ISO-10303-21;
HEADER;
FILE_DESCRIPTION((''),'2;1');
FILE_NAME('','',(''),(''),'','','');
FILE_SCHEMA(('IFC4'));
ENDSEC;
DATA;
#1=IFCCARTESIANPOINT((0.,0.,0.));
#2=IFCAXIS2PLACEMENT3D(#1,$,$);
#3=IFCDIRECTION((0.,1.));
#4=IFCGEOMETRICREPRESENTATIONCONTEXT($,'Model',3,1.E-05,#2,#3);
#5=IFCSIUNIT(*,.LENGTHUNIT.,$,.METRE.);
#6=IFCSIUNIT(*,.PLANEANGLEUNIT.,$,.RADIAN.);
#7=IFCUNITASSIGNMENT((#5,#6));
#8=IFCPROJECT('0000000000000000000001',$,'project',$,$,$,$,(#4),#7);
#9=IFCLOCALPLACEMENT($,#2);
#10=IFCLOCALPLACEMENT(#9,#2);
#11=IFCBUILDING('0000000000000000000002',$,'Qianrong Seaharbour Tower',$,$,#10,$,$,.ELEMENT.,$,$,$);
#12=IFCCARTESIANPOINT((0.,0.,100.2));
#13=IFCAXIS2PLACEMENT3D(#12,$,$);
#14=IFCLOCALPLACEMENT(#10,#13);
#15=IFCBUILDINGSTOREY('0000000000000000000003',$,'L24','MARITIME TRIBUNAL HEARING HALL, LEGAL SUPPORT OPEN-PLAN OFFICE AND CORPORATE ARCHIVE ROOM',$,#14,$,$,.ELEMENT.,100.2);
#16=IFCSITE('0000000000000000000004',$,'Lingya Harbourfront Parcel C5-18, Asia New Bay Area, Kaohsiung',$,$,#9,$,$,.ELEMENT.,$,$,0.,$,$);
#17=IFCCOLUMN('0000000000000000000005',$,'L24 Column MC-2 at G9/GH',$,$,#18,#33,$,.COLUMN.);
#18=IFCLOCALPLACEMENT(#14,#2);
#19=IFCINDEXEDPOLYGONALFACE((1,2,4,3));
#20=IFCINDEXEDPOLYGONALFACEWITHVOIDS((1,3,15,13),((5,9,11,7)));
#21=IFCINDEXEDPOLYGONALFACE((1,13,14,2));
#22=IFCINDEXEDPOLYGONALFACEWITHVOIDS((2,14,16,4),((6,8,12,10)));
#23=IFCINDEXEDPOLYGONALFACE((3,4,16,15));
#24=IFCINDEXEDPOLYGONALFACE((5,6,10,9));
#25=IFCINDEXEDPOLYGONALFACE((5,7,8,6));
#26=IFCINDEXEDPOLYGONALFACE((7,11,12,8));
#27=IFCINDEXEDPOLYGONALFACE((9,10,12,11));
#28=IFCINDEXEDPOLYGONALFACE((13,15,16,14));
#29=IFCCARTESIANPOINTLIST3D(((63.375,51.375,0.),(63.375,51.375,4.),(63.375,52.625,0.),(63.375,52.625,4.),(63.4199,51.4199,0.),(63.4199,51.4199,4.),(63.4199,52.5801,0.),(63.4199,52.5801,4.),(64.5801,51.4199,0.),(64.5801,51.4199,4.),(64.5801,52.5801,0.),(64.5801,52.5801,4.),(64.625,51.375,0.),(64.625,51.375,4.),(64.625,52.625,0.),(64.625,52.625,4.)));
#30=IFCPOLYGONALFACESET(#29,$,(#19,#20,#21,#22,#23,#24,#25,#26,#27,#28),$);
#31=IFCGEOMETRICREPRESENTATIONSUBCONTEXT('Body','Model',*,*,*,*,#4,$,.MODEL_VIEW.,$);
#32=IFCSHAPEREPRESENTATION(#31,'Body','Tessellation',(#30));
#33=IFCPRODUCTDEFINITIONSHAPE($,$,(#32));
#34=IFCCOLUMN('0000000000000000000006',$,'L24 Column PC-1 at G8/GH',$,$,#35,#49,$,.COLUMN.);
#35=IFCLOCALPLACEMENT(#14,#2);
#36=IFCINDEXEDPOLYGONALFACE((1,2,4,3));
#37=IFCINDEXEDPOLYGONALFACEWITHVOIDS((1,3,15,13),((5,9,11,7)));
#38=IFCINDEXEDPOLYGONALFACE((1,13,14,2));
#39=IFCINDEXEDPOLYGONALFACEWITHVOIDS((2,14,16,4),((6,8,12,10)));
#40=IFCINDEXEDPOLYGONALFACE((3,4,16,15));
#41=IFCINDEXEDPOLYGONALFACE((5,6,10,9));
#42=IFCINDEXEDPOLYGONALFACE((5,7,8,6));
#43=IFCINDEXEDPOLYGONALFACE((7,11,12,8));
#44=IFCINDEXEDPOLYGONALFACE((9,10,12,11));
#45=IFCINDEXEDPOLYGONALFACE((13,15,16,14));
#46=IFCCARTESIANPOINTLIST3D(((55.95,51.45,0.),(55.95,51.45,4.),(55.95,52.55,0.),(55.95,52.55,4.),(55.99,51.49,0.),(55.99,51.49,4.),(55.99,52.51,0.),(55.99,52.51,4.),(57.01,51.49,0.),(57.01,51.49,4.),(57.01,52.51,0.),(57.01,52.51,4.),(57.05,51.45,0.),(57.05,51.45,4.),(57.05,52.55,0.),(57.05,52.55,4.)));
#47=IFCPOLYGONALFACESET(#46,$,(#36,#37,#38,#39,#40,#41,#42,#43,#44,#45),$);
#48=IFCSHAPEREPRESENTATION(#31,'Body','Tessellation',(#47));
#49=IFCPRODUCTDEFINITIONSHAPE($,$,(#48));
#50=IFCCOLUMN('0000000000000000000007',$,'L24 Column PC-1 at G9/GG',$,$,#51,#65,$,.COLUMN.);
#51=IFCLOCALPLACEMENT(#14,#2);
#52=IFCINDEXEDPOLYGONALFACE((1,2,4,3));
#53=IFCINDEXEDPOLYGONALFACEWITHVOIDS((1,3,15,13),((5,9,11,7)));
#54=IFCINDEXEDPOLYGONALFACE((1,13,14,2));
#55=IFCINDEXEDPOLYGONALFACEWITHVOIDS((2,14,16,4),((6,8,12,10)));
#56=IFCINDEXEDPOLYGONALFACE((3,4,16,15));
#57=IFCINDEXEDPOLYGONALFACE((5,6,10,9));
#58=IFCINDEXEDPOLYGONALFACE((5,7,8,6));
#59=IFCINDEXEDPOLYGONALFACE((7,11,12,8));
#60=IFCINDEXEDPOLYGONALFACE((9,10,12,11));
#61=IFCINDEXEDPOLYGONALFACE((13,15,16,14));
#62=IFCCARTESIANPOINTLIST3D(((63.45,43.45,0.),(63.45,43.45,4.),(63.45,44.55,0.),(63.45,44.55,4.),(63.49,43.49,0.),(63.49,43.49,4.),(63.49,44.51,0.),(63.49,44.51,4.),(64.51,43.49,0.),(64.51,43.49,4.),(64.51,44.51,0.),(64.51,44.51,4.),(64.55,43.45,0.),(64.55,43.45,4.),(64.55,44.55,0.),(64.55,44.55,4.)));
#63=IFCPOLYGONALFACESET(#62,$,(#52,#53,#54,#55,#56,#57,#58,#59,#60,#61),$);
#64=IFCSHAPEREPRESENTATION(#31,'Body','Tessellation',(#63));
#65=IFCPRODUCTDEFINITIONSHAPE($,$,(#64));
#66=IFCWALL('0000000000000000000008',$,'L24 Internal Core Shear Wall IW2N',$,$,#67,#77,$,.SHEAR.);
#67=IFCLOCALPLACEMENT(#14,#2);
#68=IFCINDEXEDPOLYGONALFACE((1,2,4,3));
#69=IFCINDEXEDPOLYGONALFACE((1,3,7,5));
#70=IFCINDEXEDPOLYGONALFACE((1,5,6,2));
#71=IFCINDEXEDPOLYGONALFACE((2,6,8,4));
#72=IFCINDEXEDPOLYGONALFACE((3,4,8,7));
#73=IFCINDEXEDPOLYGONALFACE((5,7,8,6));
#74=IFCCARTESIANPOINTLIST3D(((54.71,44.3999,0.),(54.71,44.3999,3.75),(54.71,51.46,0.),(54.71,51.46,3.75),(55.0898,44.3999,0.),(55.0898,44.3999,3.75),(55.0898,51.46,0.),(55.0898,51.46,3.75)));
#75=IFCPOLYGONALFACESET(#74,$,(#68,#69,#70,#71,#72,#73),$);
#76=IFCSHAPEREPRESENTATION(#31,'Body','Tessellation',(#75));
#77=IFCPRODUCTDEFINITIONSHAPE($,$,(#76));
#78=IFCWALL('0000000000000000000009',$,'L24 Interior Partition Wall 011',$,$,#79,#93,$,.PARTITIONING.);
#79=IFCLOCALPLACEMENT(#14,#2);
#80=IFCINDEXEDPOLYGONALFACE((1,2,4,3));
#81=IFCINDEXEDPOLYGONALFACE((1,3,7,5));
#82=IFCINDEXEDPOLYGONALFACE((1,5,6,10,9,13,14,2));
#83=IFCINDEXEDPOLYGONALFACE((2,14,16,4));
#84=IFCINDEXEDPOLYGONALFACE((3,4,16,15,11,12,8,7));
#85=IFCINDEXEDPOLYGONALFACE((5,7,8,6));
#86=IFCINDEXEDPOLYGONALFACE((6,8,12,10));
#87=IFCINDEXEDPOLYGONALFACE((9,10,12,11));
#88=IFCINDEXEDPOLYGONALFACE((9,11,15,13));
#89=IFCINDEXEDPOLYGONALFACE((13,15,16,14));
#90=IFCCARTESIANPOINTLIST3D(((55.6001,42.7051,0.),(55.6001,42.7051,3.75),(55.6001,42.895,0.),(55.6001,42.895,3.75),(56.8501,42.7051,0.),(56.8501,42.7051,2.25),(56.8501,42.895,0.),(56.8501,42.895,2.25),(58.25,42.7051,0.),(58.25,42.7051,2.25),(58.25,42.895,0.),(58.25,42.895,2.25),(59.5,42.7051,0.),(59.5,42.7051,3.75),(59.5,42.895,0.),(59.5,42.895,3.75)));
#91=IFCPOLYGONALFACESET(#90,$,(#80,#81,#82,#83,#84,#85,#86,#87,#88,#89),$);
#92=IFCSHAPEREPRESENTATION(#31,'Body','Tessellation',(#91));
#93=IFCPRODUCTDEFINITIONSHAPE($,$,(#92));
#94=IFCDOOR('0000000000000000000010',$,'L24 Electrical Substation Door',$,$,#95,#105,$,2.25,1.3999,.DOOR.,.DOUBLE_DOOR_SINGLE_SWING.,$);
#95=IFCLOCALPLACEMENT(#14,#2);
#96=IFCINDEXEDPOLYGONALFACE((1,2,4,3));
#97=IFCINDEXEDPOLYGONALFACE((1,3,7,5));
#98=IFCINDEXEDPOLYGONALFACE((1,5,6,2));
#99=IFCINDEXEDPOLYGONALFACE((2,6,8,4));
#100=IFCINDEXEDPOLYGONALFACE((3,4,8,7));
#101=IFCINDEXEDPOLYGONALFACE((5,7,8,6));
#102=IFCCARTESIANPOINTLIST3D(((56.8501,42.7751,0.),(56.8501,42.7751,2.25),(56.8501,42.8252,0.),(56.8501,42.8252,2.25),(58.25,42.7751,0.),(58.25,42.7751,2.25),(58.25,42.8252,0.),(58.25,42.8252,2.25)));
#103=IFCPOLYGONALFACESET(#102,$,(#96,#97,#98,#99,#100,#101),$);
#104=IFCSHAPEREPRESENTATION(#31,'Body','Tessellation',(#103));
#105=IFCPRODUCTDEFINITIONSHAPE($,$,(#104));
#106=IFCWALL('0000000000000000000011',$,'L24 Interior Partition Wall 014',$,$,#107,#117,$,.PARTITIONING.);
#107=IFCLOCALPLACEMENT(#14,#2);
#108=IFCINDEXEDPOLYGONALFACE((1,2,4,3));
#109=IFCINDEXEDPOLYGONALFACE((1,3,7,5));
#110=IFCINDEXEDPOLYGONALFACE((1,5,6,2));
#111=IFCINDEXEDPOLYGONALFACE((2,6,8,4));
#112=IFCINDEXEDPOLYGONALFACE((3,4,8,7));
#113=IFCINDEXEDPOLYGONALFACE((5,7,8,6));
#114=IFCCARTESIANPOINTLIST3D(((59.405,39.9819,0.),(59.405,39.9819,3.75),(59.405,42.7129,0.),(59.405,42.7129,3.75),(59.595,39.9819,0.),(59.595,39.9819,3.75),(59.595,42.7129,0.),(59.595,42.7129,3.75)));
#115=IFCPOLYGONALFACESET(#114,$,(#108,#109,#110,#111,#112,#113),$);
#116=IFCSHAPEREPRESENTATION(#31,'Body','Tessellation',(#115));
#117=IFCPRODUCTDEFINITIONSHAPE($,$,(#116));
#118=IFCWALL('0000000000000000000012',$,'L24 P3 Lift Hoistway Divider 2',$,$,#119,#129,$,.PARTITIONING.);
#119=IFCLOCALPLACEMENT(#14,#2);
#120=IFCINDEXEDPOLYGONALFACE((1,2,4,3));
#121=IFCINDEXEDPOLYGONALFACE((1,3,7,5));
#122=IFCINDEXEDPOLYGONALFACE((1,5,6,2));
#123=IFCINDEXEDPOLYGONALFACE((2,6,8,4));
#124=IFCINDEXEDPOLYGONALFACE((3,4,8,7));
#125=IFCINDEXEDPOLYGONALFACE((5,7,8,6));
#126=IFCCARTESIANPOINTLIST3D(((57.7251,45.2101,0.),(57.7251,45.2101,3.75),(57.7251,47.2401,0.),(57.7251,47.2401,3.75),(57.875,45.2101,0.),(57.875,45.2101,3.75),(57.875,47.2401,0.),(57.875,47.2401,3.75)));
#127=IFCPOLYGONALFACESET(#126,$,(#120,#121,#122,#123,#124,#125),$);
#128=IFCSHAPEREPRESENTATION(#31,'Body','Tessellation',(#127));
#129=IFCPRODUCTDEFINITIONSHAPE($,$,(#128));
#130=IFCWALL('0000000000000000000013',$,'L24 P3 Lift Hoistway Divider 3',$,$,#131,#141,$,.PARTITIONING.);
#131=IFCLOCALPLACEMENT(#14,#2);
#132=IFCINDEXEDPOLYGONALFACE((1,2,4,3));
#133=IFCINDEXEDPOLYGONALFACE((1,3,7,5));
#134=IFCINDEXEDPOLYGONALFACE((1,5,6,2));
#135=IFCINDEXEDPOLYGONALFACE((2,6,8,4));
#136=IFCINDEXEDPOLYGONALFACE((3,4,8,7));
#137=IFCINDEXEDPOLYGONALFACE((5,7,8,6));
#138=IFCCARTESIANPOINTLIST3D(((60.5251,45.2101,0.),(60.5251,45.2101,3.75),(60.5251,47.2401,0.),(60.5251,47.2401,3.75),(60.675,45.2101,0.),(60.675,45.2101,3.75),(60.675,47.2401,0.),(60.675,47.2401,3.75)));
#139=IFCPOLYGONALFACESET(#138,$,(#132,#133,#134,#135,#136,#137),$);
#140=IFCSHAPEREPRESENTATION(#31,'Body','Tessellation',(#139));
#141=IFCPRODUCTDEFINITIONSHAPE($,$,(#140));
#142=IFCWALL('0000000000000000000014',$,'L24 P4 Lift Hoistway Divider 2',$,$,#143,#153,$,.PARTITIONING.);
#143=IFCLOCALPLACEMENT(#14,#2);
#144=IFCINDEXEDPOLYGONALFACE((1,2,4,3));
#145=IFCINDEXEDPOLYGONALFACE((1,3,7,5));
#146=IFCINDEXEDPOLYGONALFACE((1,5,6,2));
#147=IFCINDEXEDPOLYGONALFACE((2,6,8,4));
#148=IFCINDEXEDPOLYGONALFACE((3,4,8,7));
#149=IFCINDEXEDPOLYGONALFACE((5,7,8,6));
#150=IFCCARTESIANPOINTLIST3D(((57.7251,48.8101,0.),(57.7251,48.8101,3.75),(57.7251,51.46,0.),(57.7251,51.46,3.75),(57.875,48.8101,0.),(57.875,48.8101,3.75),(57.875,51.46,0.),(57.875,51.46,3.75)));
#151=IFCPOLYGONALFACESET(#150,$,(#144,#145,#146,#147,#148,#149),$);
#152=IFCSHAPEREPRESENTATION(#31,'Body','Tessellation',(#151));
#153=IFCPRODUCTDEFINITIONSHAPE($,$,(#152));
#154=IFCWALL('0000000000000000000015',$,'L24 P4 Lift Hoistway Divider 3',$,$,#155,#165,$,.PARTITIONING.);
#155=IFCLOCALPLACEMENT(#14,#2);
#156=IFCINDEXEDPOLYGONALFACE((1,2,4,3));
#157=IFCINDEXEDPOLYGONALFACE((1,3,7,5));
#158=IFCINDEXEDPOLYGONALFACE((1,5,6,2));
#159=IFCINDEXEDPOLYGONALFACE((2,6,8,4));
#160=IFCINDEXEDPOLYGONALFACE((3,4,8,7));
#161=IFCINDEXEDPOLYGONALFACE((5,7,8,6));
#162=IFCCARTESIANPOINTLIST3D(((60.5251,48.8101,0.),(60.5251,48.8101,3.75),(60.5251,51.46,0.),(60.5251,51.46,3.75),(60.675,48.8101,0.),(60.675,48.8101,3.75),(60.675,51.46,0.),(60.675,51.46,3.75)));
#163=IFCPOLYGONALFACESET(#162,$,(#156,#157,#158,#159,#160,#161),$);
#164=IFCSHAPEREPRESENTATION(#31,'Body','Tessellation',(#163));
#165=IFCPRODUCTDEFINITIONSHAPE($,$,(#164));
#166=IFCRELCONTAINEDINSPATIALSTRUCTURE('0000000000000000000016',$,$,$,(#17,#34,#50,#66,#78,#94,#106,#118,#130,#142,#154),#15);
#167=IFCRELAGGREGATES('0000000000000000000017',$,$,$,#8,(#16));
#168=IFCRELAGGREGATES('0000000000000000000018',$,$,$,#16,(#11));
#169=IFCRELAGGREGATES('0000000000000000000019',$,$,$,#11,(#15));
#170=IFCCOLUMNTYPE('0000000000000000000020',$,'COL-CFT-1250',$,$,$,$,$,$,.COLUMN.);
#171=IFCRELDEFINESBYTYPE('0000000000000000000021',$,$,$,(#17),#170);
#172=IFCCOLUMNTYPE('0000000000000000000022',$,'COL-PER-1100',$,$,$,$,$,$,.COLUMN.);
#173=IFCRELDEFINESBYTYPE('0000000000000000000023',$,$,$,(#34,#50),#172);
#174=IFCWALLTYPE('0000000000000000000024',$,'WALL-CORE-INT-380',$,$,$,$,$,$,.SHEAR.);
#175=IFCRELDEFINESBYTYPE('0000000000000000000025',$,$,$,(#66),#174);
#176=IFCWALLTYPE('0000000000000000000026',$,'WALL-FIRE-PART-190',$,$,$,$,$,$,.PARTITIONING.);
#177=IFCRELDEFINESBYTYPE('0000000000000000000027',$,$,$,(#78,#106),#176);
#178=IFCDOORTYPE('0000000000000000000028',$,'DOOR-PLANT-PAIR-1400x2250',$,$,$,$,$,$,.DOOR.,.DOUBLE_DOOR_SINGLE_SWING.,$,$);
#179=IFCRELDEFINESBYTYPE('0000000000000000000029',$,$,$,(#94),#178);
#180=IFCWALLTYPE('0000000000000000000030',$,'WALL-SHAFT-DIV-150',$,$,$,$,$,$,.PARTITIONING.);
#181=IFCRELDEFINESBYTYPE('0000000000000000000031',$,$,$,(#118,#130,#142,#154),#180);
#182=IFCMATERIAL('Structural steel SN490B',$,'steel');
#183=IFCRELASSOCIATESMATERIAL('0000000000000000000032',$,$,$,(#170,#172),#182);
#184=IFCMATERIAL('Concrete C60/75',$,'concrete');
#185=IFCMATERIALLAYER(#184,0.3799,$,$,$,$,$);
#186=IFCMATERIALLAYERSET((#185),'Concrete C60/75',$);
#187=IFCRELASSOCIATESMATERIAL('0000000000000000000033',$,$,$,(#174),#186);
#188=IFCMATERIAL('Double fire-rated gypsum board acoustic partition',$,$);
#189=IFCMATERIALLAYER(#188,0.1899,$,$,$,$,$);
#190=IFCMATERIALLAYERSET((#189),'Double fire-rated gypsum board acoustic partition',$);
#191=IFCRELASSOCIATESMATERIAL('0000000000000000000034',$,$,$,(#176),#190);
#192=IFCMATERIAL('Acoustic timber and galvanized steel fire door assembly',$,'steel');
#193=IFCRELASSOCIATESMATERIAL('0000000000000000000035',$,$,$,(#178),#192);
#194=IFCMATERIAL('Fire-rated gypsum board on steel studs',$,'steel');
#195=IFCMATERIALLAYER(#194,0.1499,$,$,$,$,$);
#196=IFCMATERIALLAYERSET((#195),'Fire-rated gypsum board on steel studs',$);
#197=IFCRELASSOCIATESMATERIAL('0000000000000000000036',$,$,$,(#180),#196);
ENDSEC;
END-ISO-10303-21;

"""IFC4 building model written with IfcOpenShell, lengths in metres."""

from ifc_helpers import new_model, si_unit, direction, frame, frame_2d, origin, origin_2d, place, context, subcontext, project, spatial, rectangle, hollow_rectangle, extrude, material, layer, layer_set, material_profile, profile_set, type_object, element, fill, save


model = new_model("IFC4")

# Units and contexts
model_context = context("Model", 3, precision=1e-05, world=origin(), true_north=direction((0.0, 1.0)))
body_context = subcontext(model_context, "Body", "Model", "MODEL_VIEW")
ifc_project = project(units=[si_unit("LENGTHUNIT", "METRE"), si_unit("PLANEANGLEUNIT", "RADIAN")], contexts=[model_context])

# Site, building, storey
site_placement = place(None, origin())
site = spatial("IfcSite", under=ifc_project, at=site_placement, Name="Lingya Harbourfront Parcel C5-18, Asia New Bay Area, Kaohsiung", CompositionType="ELEMENT", RefElevation=0.0)
building_placement = place(site_placement, origin())
building = spatial("IfcBuilding", under=site, at=building_placement, Name="Qianrong Seaharbour Tower", CompositionType="ELEMENT")
storey_placement = place(building_placement, frame((0.0, 0.0, 100.2)))
storey = spatial("IfcBuildingStorey", under=building, at=storey_placement, Name="L24", Description="MARITIME TRIBUNAL HEARING HALL, LEGAL SUPPORT OPEN-PLAN OFFICE AND CORPORATE ARCHIVE ROOM", CompositionType="ELEMENT", Elevation=100.2)

# Columns
ifc_material_1 = material(Name="Structural steel SN490B", Category="steel")
ifc_material_profile_1 = material_profile(ifc_material_1, hollow_rectangle(XDim=1.25, YDim=1.25, WallThickness=0.0449, at=origin_2d()), Name="BOX1250x1250x45")
ifc_profile_set_1 = profile_set([ifc_material_profile_1], Name="Structural steel SN490B")
column_type_1 = type_object("IfcColumnType", Name="COL-CFT-1250", PredefinedType="COLUMN", material=ifc_profile_set_1)
column_placement = place(storey_placement, frame((64.0, 52.0, 0.0), z_axis=(0.0, 0.0, 1.0), x_axis=(1.0, 0.0, 0.0)))
element("IfcColumn", 1, at=column_placement, inside=storey, type_object=column_type_1, Name="L24 Column MC-2 at G9/GH", PredefinedType="COLUMN", context=body_context, shape_type="SweptSolid", body=[
    extrude(hollow_rectangle(XDim=1.25, YDim=1.25, WallThickness=0.0449, at=origin_2d()), origin(), (0.0, 0.0, 1.0), 4.0),
])
ifc_material_profile_2 = material_profile(ifc_material_1, hollow_rectangle(XDim=1.1001, YDim=1.1001, WallThickness=0.04, at=origin_2d()), Name="BOX1100x1100x40")
ifc_profile_set_2 = profile_set([ifc_material_profile_2], Name="Structural steel SN490B")
column_type_2 = type_object("IfcColumnType", Name="COL-PER-1100", PredefinedType="COLUMN", material=ifc_profile_set_2)
for number, where, z_axis, x_axis, name in (
    (2, (56.5, 52.0, 0.0), (0.0, 0.0, 1.0), (1.0, 0.0, 0.0), "L24 Column PC-1 at G8/GH"),
    (3, (64.0, 44.0, 0.0), (0.0, 0.0, 1.0), (1.0, 0.0, 0.0), "L24 Column PC-1 at G9/GG"),
):
    element("IfcColumn", number, at=place(storey_placement, frame(where, z_axis=z_axis, x_axis=x_axis)), inside=storey, type_object=column_type_2, Name=name, PredefinedType="COLUMN", context=body_context, shape_type="SweptSolid", body=[
        extrude(hollow_rectangle(XDim=1.1001, YDim=1.1001, WallThickness=0.04, at=origin_2d()), origin(), (0.0, 0.0, 1.0), 4.0),
    ])

# Wall
ifc_material_2 = material(Name="Concrete C60/75", Category="concrete")
ifc_layer_1 = layer(ifc_material_2, 0.3799)
ifc_layer_set_1 = layer_set([ifc_layer_1], Name="Concrete C60/75")
wall_type_1 = type_object("IfcWallType", Name="WALL-CORE-INT-380", PredefinedType="SHEAR", material=ifc_layer_set_1)
wall_1_placement = place(storey_placement, frame((54.8999, 44.3999, 0.0), z_axis=(0.0, 0.0, 1.0), x_axis=(0.0, 1.0, 0.0)))
element("IfcWall", 4, at=wall_1_placement, inside=storey, type_object=wall_type_1, Name="L24 Internal Core Shear Wall IW2N", PredefinedType="SHEAR", context=body_context, shape_type="SweptSolid", body=[
    extrude(rectangle(XDim=7.0601, YDim=0.3799, at=frame_2d((3.53, 0.0))), origin(), (0.0, 0.0, 1.0), 3.75),
])

# Wall, opening, door
ifc_material_3 = material(Name="Acoustic timber and galvanized steel fire door assembly", Category="steel")
ifc_material_4 = material(Name="Double fire-rated gypsum board acoustic partition")
ifc_layer_2 = layer(ifc_material_4, 0.1899)
ifc_layer_set_2 = layer_set([ifc_layer_2], Name="Double fire-rated gypsum board acoustic partition")
wall_type_2 = type_object("IfcWallType", Name="WALL-FIRE-PART-190", PredefinedType="PARTITIONING", material=ifc_layer_set_2)
wall_2_placement = place(storey_placement, frame((59.5, 42.8, 0.0), z_axis=(0.0, 0.0, 1.0), x_axis=(-1.0, 0.0, 0.0)))
wall_2 = element("IfcWall", 5, at=wall_2_placement, inside=storey, type_object=wall_type_2, Name="L24 Interior Partition Wall 011", PredefinedType="PARTITIONING", context=body_context, shape_type="SweptSolid", body=[
    extrude(rectangle(XDim=3.8999, YDim=0.1899, at=frame_2d((1.95, 0.0))), origin(), (0.0, 0.0, 1.0), 3.75),
])
opening_1_placement = place(wall_2_placement, frame((1.25, 0.0, 0.0)))
opening_1 = element("IfcOpeningElement", 6, at=opening_1_placement, cuts=wall_2, PredefinedType="OPENING", context=body_context, shape_type="SweptSolid", body=[
    extrude(rectangle(XDim=1.3999, YDim=2.25, at=frame_2d((0.7, 1.125))), frame((0.0, 0.105, 0.0), z_axis=(0.0, -1.0, 0.0), x_axis=(1.0, 0.0, 0.0)), (0.0, 0.0, 1.0), 0.21),
])
door_type_1 = type_object("IfcDoorType", Name="DOOR-PLANT-PAIR-1400x2250", OperationType="DOUBLE_DOOR_SINGLE_SWING", PredefinedType="DOOR", material=ifc_material_3)
door_1_placement = place(opening_1_placement, origin())
door_1 = element("IfcDoor", 7, at=door_1_placement, inside=storey, type_object=door_type_1, Name="L24 Electrical Substation Door", OperationType="DOUBLE_DOOR_SINGLE_SWING", OverallHeight=2.25, OverallWidth=1.3999, PredefinedType="DOOR", context=body_context, shape_type="SweptSolid", body=[
    extrude(rectangle(XDim=1.3999, YDim=2.25, at=frame_2d((0.7, 1.125))), frame((0.0, 0.0249, 0.0), z_axis=(0.0, -1.0, 0.0), x_axis=(1.0, 0.0, 0.0)), (0.0, 0.0, 1.0), 0.05),
])
fill(opening_1, door_1)

# Walls
wall_3_placement = place(storey_placement, frame((59.5, 42.7129, 0.0), z_axis=(0.0, 0.0, 1.0), x_axis=(0.0, -1.0, 0.0)))
element("IfcWall", 8, at=wall_3_placement, inside=storey, type_object=wall_type_2, Name="L24 Interior Partition Wall 014", PredefinedType="PARTITIONING", context=body_context, shape_type="SweptSolid", body=[
    extrude(rectangle(XDim=2.731, YDim=0.1899, at=frame_2d((1.3655, 0.0))), origin(), (0.0, 0.0, 1.0), 3.75),
])
ifc_material_5 = material(Name="Fire-rated gypsum board on steel studs", Category="steel")
ifc_layer_3 = layer(ifc_material_5, 0.1499)
ifc_layer_set_3 = layer_set([ifc_layer_3], Name="Fire-rated gypsum board on steel studs")
wall_type_3 = type_object("IfcWallType", Name="WALL-SHAFT-DIV-150", PredefinedType="PARTITIONING", material=ifc_layer_set_3)
for number, where, z_axis, x_axis, name in (
    (9, (57.8, 45.21, 0.0), (0.0, 0.0, 1.0), (0.0, 1.0, 0.0), "L24 P3 Lift Hoistway Divider 2"),
    (10, (60.6001, 45.21, 0.0), (0.0, 0.0, 1.0), (0.0, 1.0, 0.0), "L24 P3 Lift Hoistway Divider 3"),
):
    element("IfcWall", number, at=place(storey_placement, frame(where, z_axis=z_axis, x_axis=x_axis)), inside=storey, type_object=wall_type_3, Name=name, PredefinedType="PARTITIONING", context=body_context, shape_type="SweptSolid", body=[
        extrude(rectangle(XDim=2.03, YDim=0.1499, at=frame_2d((1.0151, 0.0))), origin(), (0.0, 0.0, 1.0), 3.75),
    ])
for number, where, z_axis, x_axis, name in (
    (11, (57.8, 48.8101, 0.0), (0.0, 0.0, 1.0), (0.0, 1.0, 0.0), "L24 P4 Lift Hoistway Divider 2"),
    (12, (60.6001, 48.8101, 0.0), (0.0, 0.0, 1.0), (0.0, 1.0, 0.0), "L24 P4 Lift Hoistway Divider 3"),
):
    element("IfcWall", number, at=place(storey_placement, frame(where, z_axis=z_axis, x_axis=x_axis)), inside=storey, type_object=wall_type_3, Name=name, PredefinedType="PARTITIONING", context=body_context, shape_type="SweptSolid", body=[
        extrude(rectangle(XDim=2.6499, YDim=0.1499, at=frame_2d((1.325, 0.0))), origin(), (0.0, 0.0, 1.0), 3.75),
    ])

save(model, "model.ifc")
